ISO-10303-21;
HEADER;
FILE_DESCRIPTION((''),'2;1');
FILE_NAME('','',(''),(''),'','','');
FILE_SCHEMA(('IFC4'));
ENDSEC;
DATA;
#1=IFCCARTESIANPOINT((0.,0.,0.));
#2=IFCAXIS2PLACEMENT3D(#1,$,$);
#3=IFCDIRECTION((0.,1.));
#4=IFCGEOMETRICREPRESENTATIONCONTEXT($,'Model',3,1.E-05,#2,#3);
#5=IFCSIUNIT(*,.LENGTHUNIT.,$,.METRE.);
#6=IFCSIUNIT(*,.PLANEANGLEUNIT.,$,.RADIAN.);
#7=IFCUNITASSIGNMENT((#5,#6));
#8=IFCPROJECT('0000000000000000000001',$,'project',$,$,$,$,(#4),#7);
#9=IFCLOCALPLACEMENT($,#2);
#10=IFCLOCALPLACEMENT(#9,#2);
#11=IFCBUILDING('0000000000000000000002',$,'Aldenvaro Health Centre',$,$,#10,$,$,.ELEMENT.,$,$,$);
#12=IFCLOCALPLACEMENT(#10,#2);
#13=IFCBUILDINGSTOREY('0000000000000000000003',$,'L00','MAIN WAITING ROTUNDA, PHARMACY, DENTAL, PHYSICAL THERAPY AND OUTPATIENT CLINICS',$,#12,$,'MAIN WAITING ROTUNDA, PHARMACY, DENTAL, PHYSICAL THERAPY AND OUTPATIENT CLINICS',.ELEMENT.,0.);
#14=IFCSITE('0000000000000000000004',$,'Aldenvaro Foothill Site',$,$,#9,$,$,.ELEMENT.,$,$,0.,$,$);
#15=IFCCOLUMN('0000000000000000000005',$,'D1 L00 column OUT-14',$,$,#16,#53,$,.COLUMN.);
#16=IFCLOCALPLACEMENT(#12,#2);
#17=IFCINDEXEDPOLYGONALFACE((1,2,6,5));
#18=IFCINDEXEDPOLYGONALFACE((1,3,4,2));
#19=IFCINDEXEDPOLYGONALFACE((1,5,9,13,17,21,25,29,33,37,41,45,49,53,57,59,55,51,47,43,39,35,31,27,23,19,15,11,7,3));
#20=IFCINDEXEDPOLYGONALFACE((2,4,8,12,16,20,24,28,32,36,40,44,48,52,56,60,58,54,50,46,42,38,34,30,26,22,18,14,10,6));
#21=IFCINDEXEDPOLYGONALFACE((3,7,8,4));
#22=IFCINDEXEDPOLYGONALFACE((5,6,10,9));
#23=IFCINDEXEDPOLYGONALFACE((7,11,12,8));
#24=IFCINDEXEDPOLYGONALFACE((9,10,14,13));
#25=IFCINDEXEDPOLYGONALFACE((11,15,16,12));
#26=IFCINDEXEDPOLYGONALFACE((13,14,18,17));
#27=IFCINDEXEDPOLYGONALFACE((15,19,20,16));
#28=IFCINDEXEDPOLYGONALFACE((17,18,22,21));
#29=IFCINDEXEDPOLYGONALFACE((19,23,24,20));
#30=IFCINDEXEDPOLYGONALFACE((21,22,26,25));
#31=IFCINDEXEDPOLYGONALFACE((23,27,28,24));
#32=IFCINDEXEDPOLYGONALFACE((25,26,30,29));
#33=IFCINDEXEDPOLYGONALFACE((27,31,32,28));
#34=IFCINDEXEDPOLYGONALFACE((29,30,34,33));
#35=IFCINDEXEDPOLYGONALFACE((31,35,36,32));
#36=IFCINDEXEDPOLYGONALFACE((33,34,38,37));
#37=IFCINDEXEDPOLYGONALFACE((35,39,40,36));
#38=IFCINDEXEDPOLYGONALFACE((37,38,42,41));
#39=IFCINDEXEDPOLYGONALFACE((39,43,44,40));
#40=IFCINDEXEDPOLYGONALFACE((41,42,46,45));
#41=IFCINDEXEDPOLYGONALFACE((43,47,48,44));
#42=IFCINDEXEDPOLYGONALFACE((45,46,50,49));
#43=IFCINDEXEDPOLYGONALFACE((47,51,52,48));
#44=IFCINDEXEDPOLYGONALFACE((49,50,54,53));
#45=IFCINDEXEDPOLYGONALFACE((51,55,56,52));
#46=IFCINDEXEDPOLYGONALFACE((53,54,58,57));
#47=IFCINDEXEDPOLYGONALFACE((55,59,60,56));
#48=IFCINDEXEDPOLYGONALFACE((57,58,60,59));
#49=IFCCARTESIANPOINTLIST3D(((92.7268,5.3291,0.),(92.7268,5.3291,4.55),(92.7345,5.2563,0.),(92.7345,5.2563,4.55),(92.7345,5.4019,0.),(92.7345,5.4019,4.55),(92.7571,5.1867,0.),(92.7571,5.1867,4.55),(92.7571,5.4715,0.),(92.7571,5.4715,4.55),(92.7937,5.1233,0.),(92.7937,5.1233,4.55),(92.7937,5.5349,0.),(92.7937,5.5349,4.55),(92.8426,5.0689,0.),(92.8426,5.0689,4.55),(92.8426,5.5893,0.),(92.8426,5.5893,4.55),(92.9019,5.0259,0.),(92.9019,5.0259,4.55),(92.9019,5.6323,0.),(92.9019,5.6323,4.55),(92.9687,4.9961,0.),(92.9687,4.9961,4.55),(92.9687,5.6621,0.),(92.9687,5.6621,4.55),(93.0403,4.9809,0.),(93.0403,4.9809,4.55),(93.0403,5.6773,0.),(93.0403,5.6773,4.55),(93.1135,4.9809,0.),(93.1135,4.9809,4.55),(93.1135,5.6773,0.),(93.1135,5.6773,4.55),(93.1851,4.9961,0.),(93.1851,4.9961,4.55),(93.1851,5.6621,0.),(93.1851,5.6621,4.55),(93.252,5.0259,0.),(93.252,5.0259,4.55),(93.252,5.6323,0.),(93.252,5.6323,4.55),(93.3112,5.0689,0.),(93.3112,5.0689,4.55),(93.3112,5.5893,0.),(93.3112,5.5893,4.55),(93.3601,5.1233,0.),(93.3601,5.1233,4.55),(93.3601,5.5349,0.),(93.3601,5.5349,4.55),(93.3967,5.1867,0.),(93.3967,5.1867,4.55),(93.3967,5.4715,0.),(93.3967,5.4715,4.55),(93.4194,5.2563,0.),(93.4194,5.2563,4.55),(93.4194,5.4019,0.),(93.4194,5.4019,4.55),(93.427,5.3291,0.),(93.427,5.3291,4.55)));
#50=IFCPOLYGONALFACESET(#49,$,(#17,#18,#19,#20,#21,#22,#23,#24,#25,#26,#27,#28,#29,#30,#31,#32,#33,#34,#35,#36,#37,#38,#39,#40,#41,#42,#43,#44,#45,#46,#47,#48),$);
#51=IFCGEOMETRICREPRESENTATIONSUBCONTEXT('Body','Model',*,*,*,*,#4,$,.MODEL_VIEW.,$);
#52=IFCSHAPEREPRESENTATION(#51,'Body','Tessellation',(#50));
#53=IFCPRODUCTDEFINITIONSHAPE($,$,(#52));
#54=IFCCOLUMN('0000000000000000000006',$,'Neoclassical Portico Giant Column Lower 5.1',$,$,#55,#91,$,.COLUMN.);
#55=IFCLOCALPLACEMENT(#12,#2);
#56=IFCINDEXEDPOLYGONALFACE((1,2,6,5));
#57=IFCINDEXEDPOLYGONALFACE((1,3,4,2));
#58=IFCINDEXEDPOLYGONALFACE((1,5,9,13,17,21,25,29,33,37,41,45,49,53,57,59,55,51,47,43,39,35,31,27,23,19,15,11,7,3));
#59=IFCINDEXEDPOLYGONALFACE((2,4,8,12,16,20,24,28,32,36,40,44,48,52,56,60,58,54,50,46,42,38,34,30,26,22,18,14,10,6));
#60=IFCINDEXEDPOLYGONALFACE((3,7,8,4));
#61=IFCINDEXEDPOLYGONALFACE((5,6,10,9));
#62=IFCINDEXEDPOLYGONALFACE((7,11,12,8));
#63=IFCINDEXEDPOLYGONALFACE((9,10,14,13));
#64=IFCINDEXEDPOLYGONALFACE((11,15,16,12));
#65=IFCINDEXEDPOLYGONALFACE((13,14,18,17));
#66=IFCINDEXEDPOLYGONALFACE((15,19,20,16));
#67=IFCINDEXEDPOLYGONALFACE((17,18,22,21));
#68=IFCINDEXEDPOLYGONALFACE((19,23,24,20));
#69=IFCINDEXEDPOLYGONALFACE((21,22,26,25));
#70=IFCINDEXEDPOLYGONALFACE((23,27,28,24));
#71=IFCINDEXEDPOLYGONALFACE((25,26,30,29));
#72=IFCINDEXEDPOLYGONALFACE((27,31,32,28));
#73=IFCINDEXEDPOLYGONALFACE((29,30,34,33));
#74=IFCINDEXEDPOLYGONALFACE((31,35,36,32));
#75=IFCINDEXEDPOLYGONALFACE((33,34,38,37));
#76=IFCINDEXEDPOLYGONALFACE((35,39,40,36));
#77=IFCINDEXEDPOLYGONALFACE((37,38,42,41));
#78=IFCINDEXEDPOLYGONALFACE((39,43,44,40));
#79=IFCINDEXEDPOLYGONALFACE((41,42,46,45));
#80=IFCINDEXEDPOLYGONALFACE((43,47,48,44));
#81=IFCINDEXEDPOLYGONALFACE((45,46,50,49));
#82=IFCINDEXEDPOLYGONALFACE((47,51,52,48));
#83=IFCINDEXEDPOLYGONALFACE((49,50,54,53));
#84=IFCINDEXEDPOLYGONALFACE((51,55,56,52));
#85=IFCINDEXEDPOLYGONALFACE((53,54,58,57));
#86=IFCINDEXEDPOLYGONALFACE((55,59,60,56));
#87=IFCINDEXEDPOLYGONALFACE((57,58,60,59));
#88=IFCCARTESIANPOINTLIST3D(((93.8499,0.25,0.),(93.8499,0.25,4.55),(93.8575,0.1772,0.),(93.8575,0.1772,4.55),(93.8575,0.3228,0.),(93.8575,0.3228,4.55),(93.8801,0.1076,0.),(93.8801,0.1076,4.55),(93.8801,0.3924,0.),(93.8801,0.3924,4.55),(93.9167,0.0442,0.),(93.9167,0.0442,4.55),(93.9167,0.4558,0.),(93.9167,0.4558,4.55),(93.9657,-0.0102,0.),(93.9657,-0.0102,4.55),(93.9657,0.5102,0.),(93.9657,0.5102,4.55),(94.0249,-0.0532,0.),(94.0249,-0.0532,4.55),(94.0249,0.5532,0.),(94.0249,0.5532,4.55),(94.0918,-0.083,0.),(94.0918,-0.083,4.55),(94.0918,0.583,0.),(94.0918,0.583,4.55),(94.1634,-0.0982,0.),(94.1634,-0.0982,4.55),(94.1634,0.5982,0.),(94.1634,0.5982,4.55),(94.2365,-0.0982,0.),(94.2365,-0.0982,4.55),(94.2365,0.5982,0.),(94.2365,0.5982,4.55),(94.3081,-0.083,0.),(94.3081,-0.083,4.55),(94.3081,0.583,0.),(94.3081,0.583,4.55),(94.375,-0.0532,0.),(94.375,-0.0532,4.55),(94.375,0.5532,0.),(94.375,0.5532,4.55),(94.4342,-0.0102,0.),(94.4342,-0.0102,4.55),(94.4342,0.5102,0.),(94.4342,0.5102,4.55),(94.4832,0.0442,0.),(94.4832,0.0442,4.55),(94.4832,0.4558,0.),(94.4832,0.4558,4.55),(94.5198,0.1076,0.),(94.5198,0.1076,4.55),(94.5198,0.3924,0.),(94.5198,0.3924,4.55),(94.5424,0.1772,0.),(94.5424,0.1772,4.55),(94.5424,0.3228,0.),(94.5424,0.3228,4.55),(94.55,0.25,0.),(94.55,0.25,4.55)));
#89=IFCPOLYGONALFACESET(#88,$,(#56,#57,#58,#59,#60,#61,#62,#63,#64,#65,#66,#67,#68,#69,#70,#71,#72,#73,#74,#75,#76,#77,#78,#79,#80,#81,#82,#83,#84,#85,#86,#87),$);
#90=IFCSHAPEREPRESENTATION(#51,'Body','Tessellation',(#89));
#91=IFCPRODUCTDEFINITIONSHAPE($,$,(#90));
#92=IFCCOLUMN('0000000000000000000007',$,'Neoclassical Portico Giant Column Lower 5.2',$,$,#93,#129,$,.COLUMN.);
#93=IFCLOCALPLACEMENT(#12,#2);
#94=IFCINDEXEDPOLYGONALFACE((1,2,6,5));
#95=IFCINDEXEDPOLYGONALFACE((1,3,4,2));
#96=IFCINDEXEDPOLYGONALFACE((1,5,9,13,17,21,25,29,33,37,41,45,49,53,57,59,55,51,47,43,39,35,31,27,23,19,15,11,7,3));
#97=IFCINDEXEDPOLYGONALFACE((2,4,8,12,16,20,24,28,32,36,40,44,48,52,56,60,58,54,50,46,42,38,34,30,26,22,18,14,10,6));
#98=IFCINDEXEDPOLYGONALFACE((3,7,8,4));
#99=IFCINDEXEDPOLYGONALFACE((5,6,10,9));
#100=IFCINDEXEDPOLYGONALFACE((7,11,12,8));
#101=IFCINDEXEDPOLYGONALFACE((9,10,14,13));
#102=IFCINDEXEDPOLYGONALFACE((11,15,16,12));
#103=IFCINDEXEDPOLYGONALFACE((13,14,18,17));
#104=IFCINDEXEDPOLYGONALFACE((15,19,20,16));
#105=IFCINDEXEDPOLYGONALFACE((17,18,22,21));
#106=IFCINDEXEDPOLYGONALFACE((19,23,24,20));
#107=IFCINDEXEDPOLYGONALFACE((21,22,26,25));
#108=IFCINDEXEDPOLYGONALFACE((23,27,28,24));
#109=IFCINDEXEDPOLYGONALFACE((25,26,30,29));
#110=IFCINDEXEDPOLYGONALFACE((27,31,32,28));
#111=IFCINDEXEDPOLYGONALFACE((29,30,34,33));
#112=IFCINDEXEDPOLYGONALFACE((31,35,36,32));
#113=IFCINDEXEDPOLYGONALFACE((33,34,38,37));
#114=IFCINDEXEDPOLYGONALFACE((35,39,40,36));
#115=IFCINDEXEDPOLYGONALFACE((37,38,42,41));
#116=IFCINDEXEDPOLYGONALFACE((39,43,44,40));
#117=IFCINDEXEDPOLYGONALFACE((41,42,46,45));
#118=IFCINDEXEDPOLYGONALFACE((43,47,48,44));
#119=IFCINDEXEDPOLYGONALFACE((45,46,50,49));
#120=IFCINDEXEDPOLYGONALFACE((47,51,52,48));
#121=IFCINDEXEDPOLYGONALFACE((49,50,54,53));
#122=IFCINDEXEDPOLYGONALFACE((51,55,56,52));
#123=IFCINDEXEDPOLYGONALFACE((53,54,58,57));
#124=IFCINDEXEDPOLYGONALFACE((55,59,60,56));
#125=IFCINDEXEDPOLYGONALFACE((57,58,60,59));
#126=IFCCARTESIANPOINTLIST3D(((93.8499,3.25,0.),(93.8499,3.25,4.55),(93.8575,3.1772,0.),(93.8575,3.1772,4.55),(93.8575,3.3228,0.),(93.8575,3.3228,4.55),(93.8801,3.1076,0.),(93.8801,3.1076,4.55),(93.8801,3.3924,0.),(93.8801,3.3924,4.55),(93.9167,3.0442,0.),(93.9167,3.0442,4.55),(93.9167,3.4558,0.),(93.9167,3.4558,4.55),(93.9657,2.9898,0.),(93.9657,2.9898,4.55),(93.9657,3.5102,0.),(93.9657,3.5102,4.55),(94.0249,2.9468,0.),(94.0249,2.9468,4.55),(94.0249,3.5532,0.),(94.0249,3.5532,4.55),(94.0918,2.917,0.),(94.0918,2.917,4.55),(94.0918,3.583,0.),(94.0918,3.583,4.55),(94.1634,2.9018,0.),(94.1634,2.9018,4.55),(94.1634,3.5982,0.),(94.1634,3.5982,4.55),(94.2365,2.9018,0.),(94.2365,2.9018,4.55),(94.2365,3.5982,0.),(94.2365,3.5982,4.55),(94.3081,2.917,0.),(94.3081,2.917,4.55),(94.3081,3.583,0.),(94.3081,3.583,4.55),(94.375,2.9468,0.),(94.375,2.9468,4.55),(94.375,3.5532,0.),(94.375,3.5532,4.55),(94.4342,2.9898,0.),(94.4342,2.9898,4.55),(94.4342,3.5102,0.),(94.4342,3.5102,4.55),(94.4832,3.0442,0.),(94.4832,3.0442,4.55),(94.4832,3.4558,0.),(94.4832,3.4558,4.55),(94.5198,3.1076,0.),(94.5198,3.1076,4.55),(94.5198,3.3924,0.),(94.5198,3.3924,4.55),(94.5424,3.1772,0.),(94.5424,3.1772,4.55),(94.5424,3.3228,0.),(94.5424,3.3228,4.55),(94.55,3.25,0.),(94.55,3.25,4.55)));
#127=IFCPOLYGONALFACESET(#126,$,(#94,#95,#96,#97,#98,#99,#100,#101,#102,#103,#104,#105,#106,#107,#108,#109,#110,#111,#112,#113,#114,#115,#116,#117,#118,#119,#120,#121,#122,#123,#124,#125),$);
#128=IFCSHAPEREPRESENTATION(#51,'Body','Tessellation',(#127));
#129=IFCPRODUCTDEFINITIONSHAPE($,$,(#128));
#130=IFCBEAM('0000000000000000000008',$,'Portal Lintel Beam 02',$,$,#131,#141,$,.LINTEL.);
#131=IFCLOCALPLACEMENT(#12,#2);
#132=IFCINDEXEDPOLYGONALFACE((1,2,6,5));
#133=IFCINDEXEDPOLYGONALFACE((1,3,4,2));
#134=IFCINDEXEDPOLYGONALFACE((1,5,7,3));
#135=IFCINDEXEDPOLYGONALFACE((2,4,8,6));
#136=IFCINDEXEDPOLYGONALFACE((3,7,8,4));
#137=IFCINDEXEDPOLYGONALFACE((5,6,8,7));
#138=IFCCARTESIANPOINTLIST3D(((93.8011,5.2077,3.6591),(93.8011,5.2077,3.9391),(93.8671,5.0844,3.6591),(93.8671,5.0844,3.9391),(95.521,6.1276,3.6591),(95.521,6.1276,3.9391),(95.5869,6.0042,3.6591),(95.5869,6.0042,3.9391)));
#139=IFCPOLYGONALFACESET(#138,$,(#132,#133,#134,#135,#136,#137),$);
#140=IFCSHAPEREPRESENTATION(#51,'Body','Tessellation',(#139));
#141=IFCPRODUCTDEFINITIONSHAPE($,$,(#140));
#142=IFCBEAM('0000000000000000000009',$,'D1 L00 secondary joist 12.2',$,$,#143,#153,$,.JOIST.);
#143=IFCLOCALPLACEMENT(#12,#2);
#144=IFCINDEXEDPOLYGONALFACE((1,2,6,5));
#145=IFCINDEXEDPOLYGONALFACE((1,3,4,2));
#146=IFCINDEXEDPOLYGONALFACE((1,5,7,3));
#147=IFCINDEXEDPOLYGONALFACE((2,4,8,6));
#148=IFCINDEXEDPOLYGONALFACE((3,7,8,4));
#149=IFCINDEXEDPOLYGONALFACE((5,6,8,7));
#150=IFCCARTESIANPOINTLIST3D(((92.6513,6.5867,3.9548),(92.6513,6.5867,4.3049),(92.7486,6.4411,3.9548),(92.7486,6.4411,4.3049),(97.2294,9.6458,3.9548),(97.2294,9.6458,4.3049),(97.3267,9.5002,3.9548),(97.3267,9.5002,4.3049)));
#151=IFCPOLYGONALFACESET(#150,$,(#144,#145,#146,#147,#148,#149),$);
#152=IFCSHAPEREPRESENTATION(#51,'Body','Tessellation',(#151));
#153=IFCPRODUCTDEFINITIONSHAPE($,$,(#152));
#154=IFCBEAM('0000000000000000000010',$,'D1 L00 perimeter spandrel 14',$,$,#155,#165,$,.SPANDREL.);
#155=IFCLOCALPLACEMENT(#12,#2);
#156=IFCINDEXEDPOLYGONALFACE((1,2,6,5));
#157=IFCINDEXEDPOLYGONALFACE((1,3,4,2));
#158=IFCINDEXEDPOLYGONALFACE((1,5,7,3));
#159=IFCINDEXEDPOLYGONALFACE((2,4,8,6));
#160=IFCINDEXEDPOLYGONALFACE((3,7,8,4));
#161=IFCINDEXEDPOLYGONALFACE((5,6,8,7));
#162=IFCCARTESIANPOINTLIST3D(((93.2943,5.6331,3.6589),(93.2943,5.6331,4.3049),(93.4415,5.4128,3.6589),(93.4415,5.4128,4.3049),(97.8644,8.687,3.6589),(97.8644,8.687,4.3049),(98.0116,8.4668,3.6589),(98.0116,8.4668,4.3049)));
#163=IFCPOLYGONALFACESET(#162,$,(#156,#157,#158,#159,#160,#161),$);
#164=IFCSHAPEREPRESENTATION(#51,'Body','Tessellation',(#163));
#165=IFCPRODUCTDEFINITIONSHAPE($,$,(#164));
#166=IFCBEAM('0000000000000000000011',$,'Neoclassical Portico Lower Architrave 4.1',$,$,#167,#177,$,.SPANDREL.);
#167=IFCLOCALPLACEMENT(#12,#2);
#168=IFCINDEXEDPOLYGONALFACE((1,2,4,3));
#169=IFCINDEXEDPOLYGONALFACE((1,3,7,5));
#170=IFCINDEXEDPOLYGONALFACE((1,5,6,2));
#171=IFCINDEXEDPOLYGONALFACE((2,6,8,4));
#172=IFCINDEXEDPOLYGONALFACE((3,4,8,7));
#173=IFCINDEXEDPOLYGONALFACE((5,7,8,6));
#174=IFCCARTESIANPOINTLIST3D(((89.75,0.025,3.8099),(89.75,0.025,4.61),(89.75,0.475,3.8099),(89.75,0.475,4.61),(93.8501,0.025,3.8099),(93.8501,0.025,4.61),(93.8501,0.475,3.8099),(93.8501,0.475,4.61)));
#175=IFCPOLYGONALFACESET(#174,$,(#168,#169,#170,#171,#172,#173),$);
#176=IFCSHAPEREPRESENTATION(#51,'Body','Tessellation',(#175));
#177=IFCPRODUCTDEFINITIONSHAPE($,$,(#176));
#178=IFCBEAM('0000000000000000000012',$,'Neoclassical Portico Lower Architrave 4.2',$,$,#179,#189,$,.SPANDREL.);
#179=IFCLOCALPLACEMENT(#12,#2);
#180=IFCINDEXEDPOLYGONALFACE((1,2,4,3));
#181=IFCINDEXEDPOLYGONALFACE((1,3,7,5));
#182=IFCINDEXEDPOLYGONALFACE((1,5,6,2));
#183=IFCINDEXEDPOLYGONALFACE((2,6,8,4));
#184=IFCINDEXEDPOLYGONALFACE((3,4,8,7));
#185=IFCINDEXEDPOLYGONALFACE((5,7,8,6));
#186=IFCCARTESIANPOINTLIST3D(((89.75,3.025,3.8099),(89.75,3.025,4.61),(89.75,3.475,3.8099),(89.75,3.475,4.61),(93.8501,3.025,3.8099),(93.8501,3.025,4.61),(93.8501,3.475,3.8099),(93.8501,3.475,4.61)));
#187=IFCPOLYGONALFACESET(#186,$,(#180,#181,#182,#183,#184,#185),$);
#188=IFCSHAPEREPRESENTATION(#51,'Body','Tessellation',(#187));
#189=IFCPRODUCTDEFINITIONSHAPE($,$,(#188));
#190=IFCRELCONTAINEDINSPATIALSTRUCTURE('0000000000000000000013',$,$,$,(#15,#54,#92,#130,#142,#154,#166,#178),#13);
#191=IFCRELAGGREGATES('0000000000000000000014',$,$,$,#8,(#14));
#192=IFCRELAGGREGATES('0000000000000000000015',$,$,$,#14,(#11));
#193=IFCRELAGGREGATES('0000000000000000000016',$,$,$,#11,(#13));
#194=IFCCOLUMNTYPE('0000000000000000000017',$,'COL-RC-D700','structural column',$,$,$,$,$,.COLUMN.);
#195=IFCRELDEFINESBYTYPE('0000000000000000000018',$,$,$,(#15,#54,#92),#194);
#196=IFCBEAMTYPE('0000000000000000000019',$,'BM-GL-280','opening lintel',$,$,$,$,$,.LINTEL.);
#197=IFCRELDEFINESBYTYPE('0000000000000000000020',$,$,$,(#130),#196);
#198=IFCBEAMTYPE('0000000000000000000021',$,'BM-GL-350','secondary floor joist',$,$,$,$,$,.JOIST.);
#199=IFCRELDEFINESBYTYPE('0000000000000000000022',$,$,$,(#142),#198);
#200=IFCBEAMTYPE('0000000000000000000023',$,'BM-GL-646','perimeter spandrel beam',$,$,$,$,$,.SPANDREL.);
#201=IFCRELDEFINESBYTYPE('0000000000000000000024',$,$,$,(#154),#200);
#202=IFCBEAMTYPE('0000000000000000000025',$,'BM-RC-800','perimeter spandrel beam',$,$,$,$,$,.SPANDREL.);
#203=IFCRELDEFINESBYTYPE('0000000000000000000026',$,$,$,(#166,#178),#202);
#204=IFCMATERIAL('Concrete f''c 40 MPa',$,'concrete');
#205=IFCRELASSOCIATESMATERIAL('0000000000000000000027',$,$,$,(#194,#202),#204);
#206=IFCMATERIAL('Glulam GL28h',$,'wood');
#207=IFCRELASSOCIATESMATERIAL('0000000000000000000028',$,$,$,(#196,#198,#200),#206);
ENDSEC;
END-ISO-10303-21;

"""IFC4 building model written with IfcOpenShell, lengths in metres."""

from ifc_helpers import new_model, si_unit, direction, frame, origin, origin_2d, place, context, subcontext, project, spatial, rectangle, circle, extrude, material, material_profile, profile_set, type_object, element, save


model = new_model("IFC4")

# Units and contexts
model_context = context("Model", 3, precision=1e-05, world=origin(), true_north=direction((0.0, 1.0)))
body_context = subcontext(model_context, "Body", "Model", "MODEL_VIEW")
ifc_project = project(units=[si_unit("LENGTHUNIT", "METRE"), si_unit("PLANEANGLEUNIT", "RADIAN")], contexts=[model_context])

# Site, building, storey
site_placement = place(None, origin())
site = spatial("IfcSite", under=ifc_project, at=site_placement, Name="Aldenvaro Foothill Site", CompositionType="ELEMENT", RefElevation=0.0)
building_placement = place(site_placement, origin())
building = spatial("IfcBuilding", under=site, at=building_placement, Name="Aldenvaro Health Centre", CompositionType="ELEMENT")
storey_placement = place(building_placement, origin())
storey = spatial("IfcBuildingStorey", under=building, at=storey_placement, Name="L00", Description="MAIN WAITING ROTUNDA, PHARMACY, DENTAL, PHYSICAL THERAPY AND OUTPATIENT CLINICS", LongName="MAIN WAITING ROTUNDA, PHARMACY, DENTAL, PHYSICAL THERAPY AND OUTPATIENT CLINICS", CompositionType="ELEMENT", Elevation=0.0)

# Columns
ifc_material_1 = material(Name="Concrete f'c 40 MPa", Category="concrete")
ifc_material_profile_1 = material_profile(ifc_material_1, circle(Radius=0.3501, at=origin_2d()), Name="RC D700", Category="concrete")
ifc_profile_set_1 = profile_set([ifc_material_profile_1], Name="Concrete f'c 40 MPa")
column_type = type_object("IfcColumnType", Name="COL-RC-D700", Description="structural column", PredefinedType="COLUMN", material=ifc_profile_set_1)
for number, where, z_axis, x_axis, name in (
    (1, (93.0769, 5.3291, 0.0), (0.0, 0.0, 1.0), (1.0, 0.0, 0.0), "D1 L00 column OUT-14"),
    (2, (94.2, 0.25, 0.0), (0.0, 0.0, 1.0), (1.0, 0.0, 0.0), "Neoclassical Portico Giant Column Lower 5.1"),
    (3, (94.2, 3.25, 0.0), (0.0, 0.0, 1.0), (1.0, 0.0, 0.0), "Neoclassical Portico Giant Column Lower 5.2"),
):
    element("IfcColumn", number, at=place(storey_placement, frame(where, z_axis=z_axis, x_axis=x_axis)), inside=storey, type_object=column_type, Name=name, PredefinedType="COLUMN", context=body_context, shape_type="SweptSolid", body=[
        extrude(circle(Radius=0.3501, at=origin_2d()), origin(), (0.0, 0.0, 1.0), 4.55),
    ])

# Beams
ifc_material_2 = material(Name="Glulam GL28h", Category="wood")
ifc_material_profile_2 = material_profile(ifc_material_2, rectangle(XDim=0.1399, YDim=0.28, at=origin_2d()), Name="GL 140x280", Category="wood")
ifc_profile_set_2 = profile_set([ifc_material_profile_2], Name="Glulam GL28h")
beam_type_1 = type_object("IfcBeamType", Name="BM-GL-280", Description="opening lintel", PredefinedType="LINTEL", material=ifc_profile_set_2)
beam_1_placement = place(storey_placement, frame((95.554, 6.0659, 3.7991), z_axis=(-0.881798, -0.471627, 0.0), x_axis=(0.471627, -0.881798, 0.0)))
element("IfcBeam", 4, at=beam_1_placement, inside=storey, type_object=beam_type_1, Name="Portal Lintel Beam 02", PredefinedType="LINTEL", context=body_context, shape_type="SweptSolid", body=[
    extrude(rectangle(XDim=0.1399, YDim=0.28, at=origin_2d()), origin(), (0.0, 0.0, 1.0), 1.9504),
])
ifc_material_profile_3 = material_profile(ifc_material_2, rectangle(XDim=0.175, YDim=0.3501, at=origin_2d()), Name="GL 175x350", Category="wood")
ifc_profile_set_3 = profile_set([ifc_material_profile_3], Name="Glulam GL28h")
beam_type_2 = type_object("IfcBeamType", Name="BM-GL-350", Description="secondary floor joist", PredefinedType="JOIST", material=ifc_profile_set_3)
beam_2_placement = place(storey_placement, frame((92.7, 6.5139, 4.1299), z_axis=(0.831463, 0.55558, 0.0), x_axis=(-0.55558, 0.831463, 0.0)))
element("IfcBeam", 5, at=beam_2_placement, inside=storey, type_object=beam_type_2, Name="D1 L00 secondary joist 12.2", PredefinedType="JOIST", context=body_context, shape_type="SweptSolid", body=[
    extrude(rectangle(XDim=0.175, YDim=0.3501, at=origin_2d()), origin(), (0.0, 0.0, 1.0), 5.5061),
])
ifc_material_profile_4 = material_profile(ifc_material_2, rectangle(XDim=0.2649, YDim=0.646, at=origin_2d()), Name="GL 265x646", Category="wood")
ifc_profile_set_4 = profile_set([ifc_material_profile_4], Name="Glulam GL28h")
beam_type_3 = type_object("IfcBeamType", Name="BM-GL-646", Description="perimeter spandrel beam", PredefinedType="SPANDREL", material=ifc_profile_set_4)
beam_3_placement = place(storey_placement, frame((93.3679, 5.5229, 3.9819), z_axis=(0.831442, 0.555612, 0.0), x_axis=(-0.555612, 0.831442, 0.0)))
element("IfcBeam", 6, at=beam_3_placement, inside=storey, type_object=beam_type_3, Name="D1 L00 perimeter spandrel 14", PredefinedType="SPANDREL", context=body_context, shape_type="SweptSolid", body=[
    extrude(rectangle(XDim=0.2649, YDim=0.646, at=origin_2d()), origin(), (0.0, 0.0, 1.0), 5.4966),
])
ifc_material_profile_5 = material_profile(ifc_material_1, rectangle(XDim=0.45, YDim=0.8, at=origin_2d()), Name="RC 450x800", Category="concrete")
ifc_profile_set_5 = profile_set([ifc_material_profile_5], Name="Concrete f'c 40 MPa")
beam_type_4 = type_object("IfcBeamType", Name="BM-RC-800", Description="perimeter spandrel beam", PredefinedType="SPANDREL", material=ifc_profile_set_5)
for number, where, z_axis, x_axis, name in (
    (7, (89.75, 0.25, 4.21), (1.0, 0.0, 0.0), (0.0, 1.0, 0.0), "Neoclassical Portico Lower Architrave 4.1"),
    (8, (89.75, 3.25, 4.21), (1.0, 0.0, 0.0), (0.0, 1.0, 0.0), "Neoclassical Portico Lower Architrave 4.2"),
):
    element("IfcBeam", number, at=place(storey_placement, frame(where, z_axis=z_axis, x_axis=x_axis)), inside=storey, type_object=beam_type_4, Name=name, PredefinedType="SPANDREL", context=body_context, shape_type="SweptSolid", body=[
        extrude(rectangle(XDim=0.45, YDim=0.8, at=origin_2d()), origin(), (0.0, 0.0, 1.0), 4.1001),
    ])

save(model, "model.ifc")
